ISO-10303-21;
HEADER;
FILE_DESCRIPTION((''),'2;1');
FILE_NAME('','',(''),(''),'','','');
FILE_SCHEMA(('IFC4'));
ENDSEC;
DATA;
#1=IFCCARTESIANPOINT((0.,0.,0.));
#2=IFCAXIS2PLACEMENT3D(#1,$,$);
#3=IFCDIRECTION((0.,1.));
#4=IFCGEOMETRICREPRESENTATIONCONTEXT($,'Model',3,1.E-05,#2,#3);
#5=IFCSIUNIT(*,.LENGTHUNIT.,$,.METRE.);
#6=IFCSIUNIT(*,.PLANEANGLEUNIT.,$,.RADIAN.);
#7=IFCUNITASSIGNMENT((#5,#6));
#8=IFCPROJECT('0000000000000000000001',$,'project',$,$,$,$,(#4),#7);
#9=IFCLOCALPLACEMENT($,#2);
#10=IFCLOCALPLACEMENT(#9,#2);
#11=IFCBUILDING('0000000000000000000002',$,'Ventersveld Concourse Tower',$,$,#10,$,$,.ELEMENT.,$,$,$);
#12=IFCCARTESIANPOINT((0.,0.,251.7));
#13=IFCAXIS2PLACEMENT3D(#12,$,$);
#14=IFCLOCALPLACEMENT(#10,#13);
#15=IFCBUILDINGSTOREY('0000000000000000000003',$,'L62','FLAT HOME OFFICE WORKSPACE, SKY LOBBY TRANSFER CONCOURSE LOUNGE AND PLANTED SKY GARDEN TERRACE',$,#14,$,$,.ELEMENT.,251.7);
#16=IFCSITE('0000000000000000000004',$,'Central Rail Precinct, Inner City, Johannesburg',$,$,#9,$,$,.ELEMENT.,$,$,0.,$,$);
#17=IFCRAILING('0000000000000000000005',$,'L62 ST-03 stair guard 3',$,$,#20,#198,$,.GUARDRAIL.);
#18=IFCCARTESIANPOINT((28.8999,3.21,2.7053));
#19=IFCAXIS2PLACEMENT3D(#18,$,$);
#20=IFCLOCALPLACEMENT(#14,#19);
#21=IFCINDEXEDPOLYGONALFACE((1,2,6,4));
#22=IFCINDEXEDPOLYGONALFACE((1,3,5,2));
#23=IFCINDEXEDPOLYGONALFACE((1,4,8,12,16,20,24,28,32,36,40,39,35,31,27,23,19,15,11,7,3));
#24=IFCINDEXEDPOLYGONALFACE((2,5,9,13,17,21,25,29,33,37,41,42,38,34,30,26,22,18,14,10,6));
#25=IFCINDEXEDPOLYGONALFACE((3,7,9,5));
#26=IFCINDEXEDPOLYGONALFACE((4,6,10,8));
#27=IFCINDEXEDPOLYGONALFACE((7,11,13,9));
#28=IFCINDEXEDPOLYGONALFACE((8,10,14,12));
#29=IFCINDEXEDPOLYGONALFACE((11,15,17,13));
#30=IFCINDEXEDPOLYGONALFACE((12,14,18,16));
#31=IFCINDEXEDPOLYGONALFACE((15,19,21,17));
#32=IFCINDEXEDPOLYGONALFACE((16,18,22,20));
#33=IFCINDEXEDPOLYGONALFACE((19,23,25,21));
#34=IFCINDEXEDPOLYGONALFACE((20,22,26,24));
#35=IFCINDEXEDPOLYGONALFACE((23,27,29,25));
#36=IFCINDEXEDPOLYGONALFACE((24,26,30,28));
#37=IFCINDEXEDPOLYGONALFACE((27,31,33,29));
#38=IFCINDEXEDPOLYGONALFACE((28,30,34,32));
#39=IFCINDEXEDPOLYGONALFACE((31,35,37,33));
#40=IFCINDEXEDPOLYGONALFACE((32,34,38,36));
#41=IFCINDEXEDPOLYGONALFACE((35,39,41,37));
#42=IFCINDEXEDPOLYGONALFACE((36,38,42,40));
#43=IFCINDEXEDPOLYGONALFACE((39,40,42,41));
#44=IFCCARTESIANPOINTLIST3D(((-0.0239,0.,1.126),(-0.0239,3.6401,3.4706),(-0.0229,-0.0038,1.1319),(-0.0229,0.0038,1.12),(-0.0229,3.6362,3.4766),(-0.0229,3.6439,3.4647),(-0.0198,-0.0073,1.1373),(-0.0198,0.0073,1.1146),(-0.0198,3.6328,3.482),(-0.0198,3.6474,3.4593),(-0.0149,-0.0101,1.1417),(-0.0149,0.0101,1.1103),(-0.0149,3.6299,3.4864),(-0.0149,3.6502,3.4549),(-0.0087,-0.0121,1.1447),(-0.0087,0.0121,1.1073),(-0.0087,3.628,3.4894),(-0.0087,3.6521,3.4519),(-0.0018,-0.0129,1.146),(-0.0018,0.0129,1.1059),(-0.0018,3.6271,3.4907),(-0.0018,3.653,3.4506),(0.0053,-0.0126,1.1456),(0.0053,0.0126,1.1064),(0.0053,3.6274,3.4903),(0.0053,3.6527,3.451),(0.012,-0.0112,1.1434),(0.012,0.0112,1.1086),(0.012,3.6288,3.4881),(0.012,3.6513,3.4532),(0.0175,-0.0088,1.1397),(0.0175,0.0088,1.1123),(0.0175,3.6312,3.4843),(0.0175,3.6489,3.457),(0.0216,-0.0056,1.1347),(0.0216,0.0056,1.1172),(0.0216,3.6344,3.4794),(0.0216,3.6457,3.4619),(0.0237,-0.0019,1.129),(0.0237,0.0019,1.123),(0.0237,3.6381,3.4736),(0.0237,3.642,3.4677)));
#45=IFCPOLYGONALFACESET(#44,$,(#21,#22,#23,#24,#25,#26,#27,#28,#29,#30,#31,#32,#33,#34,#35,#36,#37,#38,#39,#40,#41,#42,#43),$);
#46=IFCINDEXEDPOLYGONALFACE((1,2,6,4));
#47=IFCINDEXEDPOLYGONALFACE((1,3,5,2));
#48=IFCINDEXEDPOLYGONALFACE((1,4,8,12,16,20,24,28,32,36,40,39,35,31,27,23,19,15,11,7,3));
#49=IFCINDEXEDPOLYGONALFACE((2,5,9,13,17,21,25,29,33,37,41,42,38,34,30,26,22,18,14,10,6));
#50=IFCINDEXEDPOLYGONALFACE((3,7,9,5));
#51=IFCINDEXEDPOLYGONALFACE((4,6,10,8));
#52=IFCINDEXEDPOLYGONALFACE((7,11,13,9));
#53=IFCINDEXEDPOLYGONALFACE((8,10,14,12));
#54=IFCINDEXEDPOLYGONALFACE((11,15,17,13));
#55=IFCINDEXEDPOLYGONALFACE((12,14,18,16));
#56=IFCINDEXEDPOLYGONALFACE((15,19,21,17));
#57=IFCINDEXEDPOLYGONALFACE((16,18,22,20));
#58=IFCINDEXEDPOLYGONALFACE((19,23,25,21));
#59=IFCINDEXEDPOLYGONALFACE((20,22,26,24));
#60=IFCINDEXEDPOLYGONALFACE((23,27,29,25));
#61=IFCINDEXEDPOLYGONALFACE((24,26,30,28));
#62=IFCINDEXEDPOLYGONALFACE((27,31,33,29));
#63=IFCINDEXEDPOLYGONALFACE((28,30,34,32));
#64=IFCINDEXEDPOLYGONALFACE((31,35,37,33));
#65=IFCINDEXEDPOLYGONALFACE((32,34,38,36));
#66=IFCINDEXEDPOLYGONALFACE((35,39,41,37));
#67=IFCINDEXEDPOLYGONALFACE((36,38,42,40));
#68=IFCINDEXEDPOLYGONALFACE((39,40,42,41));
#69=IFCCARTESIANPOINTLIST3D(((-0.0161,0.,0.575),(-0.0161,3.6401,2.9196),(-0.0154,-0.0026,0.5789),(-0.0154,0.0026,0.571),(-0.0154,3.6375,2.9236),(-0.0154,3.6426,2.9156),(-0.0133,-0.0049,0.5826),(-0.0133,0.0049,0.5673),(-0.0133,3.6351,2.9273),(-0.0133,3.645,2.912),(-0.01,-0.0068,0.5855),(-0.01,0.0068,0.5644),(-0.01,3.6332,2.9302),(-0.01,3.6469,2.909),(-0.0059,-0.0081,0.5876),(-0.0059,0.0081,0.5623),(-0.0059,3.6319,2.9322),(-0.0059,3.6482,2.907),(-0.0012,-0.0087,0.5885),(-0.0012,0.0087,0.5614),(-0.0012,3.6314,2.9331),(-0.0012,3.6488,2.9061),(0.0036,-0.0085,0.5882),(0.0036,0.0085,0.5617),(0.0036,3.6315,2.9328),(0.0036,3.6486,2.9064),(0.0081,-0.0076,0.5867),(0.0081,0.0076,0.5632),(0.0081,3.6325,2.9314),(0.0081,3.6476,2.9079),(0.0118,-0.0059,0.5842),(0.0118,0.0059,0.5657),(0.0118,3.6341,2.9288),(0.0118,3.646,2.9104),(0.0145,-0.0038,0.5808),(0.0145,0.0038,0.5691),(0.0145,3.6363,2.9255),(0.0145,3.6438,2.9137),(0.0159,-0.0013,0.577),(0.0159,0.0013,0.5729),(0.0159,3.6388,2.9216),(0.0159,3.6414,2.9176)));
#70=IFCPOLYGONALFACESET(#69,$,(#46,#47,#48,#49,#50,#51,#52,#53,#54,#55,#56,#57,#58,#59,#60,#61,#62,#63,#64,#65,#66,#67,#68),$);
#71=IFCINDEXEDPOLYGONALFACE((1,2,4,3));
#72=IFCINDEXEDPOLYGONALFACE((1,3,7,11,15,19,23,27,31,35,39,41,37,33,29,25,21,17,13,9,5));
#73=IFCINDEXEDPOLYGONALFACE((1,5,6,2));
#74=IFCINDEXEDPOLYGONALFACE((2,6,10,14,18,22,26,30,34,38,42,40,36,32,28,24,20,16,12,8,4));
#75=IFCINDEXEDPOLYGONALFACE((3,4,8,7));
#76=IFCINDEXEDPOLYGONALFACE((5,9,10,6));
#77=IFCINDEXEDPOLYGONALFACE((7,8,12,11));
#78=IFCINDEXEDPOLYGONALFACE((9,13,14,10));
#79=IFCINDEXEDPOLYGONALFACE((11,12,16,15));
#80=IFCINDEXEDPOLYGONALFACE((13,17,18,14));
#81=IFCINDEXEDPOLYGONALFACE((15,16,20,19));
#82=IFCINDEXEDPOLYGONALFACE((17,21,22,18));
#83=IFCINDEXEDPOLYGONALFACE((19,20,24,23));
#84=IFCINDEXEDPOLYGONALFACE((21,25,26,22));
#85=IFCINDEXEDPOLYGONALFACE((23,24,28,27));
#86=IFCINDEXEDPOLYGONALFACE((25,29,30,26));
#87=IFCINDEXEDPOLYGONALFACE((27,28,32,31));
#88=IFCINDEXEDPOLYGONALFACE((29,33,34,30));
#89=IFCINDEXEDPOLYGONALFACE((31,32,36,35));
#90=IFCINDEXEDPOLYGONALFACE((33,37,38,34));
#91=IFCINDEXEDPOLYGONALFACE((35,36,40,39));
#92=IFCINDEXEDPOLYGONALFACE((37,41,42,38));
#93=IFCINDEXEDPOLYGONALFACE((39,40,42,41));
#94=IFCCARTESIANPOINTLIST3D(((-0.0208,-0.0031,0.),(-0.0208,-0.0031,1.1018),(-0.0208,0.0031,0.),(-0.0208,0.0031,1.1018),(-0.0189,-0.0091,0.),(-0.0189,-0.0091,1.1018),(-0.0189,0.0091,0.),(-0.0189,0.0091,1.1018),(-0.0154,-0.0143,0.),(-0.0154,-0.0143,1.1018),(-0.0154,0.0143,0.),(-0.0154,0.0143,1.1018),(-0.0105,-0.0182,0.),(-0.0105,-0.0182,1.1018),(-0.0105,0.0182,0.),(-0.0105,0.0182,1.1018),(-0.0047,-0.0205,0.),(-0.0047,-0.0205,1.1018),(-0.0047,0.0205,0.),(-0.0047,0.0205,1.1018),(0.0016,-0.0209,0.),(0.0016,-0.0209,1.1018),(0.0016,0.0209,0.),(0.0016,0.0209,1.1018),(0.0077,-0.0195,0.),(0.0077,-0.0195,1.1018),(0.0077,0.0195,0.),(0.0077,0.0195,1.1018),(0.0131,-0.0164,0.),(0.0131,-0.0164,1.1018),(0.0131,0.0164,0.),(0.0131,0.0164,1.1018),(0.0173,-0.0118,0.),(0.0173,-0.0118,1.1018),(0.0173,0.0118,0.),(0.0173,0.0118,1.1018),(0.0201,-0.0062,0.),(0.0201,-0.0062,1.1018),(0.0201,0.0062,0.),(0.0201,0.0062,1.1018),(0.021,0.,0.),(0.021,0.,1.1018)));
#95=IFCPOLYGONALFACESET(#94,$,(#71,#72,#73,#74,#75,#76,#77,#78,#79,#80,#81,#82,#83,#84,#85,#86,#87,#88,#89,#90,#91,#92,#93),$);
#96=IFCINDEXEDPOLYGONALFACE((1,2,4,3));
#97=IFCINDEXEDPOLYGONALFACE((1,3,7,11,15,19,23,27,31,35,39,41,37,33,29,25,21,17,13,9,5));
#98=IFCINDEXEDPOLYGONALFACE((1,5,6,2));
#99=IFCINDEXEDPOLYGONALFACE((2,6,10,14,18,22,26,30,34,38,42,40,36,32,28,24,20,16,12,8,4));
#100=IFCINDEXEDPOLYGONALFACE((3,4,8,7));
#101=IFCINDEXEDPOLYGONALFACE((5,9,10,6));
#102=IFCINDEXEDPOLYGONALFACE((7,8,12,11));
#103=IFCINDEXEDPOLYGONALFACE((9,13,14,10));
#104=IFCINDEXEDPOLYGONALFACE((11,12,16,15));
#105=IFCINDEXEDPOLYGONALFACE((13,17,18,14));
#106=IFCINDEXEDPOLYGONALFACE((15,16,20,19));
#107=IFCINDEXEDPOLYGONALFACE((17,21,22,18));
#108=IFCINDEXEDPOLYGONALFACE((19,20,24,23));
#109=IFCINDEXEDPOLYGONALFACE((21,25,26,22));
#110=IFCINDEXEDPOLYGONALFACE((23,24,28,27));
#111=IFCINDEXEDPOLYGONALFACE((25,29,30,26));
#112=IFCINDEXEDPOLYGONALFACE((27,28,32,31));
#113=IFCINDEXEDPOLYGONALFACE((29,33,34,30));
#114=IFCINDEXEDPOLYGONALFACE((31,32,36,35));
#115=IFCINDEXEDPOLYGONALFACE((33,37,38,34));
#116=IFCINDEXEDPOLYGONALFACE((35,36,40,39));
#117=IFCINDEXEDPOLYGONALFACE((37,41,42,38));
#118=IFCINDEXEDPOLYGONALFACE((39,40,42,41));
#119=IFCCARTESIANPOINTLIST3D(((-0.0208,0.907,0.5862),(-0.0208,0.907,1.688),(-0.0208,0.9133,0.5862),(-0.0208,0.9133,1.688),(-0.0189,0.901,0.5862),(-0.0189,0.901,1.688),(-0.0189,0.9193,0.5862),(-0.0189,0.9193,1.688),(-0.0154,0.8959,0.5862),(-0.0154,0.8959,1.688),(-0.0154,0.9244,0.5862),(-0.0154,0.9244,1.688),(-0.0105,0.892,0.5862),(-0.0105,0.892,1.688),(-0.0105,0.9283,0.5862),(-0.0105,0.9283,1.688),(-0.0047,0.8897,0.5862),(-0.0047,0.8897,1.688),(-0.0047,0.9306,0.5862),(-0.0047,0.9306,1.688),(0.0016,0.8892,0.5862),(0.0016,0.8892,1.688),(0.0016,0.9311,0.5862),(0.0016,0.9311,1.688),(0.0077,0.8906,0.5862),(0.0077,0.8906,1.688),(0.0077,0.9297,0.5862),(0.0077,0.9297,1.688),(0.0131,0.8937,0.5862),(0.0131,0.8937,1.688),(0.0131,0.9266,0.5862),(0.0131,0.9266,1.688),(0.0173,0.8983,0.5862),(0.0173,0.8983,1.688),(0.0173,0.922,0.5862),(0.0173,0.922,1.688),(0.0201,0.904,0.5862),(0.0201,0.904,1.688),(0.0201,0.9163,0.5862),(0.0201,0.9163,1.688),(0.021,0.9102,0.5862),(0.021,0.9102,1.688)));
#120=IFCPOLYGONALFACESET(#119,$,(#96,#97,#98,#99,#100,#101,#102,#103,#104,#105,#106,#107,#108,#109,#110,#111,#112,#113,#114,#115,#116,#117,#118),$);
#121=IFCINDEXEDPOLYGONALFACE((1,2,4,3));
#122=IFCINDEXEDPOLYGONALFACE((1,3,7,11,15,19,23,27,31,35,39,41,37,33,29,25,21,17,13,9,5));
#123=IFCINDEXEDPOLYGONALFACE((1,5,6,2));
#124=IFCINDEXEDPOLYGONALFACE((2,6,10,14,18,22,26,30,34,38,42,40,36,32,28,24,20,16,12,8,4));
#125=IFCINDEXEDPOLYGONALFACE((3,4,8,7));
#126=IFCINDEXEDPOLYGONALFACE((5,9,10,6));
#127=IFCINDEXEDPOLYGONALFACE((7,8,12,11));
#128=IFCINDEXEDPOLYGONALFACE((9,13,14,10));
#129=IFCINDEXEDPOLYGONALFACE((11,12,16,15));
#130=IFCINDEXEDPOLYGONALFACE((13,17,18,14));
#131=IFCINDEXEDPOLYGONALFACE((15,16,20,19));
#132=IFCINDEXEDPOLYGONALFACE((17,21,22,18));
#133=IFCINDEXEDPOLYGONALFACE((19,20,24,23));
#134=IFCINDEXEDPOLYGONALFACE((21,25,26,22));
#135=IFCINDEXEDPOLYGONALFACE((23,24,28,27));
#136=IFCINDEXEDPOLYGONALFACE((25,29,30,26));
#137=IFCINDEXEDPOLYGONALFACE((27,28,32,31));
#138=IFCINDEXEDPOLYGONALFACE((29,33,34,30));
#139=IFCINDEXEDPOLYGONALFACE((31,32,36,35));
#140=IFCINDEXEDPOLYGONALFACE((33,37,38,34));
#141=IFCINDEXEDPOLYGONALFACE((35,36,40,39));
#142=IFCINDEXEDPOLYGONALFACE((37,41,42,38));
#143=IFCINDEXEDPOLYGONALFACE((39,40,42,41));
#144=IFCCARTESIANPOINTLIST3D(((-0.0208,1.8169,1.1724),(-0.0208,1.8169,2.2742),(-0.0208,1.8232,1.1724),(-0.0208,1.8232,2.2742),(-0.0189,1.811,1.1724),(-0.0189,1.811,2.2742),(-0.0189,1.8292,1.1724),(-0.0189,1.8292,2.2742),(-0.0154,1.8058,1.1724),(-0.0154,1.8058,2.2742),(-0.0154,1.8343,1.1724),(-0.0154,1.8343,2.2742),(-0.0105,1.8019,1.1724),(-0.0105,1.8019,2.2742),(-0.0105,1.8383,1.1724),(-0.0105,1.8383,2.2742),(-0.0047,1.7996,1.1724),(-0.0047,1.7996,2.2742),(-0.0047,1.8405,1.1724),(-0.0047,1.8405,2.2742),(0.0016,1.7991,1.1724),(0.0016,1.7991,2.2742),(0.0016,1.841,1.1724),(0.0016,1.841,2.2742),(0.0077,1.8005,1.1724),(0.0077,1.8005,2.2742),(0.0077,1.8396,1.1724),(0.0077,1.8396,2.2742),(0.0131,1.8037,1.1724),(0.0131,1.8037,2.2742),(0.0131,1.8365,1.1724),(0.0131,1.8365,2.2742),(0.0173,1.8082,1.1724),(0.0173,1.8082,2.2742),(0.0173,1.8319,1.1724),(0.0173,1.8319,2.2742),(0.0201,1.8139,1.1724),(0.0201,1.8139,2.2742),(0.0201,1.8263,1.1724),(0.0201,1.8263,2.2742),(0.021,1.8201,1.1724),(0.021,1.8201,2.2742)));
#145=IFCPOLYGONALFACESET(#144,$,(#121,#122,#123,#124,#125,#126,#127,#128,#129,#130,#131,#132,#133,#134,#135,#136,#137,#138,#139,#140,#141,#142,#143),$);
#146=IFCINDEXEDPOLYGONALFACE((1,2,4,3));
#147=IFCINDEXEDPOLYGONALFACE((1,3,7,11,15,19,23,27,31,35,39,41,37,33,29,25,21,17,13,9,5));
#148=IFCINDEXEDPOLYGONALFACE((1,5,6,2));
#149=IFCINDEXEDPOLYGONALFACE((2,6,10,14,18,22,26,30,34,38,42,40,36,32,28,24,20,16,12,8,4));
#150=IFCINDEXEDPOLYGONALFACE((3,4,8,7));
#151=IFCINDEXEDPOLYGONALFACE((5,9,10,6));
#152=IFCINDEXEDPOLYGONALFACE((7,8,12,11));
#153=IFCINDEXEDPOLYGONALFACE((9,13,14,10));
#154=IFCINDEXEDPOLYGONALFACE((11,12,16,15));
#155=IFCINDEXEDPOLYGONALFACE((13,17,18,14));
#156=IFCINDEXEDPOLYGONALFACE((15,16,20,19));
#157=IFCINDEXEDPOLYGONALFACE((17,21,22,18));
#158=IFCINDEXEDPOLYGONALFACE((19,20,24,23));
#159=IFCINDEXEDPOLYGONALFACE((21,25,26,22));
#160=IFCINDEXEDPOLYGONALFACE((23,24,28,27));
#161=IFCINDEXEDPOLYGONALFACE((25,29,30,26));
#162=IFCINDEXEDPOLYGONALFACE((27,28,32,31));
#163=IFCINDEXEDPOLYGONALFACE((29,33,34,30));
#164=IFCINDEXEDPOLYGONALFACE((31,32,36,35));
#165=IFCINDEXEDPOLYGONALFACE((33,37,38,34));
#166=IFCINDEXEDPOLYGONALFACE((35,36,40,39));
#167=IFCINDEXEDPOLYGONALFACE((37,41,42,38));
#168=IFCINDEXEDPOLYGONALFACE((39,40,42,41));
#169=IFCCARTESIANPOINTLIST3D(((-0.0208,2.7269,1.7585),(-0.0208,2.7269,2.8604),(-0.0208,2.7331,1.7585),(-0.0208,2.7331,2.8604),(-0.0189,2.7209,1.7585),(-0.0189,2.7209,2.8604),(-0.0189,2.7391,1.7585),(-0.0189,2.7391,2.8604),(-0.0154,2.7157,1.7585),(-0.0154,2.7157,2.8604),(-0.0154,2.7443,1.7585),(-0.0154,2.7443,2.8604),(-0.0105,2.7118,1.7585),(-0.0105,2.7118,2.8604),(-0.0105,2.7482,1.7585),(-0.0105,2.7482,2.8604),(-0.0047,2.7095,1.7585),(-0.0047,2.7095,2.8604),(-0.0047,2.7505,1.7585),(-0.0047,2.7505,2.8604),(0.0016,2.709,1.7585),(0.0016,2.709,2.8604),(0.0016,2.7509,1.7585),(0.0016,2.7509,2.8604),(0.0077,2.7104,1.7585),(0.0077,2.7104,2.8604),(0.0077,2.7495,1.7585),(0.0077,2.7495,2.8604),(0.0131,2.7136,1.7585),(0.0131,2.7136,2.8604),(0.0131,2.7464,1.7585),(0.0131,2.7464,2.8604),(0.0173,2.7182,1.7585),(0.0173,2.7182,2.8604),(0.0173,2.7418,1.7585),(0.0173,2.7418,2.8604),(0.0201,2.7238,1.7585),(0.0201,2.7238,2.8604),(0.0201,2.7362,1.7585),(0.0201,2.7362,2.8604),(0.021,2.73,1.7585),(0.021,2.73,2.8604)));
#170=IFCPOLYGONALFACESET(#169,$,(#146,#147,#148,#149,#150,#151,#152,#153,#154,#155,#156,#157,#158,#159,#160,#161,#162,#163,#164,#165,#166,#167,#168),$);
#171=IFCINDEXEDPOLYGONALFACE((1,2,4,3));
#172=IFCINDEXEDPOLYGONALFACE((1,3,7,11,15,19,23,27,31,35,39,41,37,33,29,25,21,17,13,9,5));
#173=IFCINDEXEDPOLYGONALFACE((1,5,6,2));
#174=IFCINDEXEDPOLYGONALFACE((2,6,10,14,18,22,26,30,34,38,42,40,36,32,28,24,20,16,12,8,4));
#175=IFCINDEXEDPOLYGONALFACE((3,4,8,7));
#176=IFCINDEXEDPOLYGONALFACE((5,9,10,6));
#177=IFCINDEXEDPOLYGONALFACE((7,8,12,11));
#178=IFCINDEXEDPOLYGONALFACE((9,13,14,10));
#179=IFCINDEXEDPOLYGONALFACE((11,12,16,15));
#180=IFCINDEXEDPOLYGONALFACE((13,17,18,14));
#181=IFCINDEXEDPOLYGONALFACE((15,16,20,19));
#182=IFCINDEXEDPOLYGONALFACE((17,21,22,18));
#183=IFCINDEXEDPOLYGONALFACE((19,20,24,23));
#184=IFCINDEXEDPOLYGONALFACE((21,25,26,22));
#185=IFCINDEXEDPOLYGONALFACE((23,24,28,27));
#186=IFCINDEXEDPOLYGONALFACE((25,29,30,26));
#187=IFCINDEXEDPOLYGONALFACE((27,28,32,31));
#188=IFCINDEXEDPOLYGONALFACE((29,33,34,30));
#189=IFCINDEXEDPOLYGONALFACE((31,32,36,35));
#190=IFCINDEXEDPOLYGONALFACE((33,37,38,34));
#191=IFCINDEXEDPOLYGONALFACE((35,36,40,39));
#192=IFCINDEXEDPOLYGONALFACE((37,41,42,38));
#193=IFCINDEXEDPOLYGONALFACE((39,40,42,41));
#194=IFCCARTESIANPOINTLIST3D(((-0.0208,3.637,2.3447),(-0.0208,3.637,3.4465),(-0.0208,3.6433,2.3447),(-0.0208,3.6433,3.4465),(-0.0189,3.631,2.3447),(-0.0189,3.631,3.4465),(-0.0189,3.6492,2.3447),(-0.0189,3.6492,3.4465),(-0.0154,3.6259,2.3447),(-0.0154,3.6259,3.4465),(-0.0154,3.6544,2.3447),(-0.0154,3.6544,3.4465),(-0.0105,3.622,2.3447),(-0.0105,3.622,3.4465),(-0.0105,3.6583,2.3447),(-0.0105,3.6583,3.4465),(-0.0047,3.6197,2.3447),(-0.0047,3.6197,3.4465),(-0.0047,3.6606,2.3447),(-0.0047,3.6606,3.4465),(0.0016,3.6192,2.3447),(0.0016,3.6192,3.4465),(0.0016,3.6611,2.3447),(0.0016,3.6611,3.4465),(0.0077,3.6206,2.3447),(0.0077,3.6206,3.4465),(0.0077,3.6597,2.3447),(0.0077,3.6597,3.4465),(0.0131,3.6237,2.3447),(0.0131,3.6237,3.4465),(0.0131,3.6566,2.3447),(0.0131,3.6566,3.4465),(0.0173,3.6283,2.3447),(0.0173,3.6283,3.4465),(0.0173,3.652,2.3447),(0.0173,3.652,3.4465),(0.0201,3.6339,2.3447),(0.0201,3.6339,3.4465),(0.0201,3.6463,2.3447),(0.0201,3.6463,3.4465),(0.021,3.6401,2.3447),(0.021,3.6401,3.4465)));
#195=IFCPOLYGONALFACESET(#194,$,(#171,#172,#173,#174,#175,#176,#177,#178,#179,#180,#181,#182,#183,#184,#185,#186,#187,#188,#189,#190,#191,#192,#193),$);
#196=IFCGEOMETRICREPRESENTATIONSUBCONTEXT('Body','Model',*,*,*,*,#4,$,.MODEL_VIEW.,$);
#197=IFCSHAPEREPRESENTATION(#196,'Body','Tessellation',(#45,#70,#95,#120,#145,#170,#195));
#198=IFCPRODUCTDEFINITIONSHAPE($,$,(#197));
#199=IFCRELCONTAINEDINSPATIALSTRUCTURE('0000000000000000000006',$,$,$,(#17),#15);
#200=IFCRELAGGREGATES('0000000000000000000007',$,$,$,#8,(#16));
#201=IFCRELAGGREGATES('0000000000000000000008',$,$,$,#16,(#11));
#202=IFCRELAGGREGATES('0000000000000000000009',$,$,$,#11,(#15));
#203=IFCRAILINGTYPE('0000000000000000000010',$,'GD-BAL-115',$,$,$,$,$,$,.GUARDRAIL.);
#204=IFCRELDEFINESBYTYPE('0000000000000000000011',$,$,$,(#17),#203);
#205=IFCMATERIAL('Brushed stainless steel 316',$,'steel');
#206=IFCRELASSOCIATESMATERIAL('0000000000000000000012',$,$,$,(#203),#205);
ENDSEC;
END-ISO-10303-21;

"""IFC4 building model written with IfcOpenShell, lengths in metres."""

from ifc_helpers import new_model, si_unit, direction, frame, origin, origin_2d, place, context, subcontext, project, spatial, circle, extrude, material, type_object, element, save


model = new_model("IFC4")

# Units and contexts
model_context = context("Model", 3, precision=1e-05, world=origin(), true_north=direction((0.0, 1.0)))
body_context = subcontext(model_context, "Body", "Model", "MODEL_VIEW")
ifc_project = project(units=[si_unit("LENGTHUNIT", "METRE"), si_unit("PLANEANGLEUNIT", "RADIAN")], contexts=[model_context])

# Site, building, storey
site_placement = place(None, origin())
site = spatial("IfcSite", under=ifc_project, at=site_placement, Name="Central Rail Precinct, Inner City, Johannesburg", CompositionType="ELEMENT", RefElevation=0.0)
building_placement = place(site_placement, origin())
building = spatial("IfcBuilding", under=site, at=building_placement, Name="Ventersveld Concourse Tower", CompositionType="ELEMENT")
storey_placement = place(building_placement, frame((0.0, 0.0, 251.7)))
storey = spatial("IfcBuildingStorey", under=building, at=storey_placement, Name="L62", Description="FLAT HOME OFFICE WORKSPACE, SKY LOBBY TRANSFER CONCOURSE LOUNGE AND PLANTED SKY GARDEN TERRACE", CompositionType="ELEMENT", Elevation=251.7)

# Railing
ifc_material_1 = material(Name="Brushed stainless steel 316", Category="steel")
railing_type_1 = type_object("IfcRailingType", Name="GD-BAL-115", PredefinedType="GUARDRAIL", material=ifc_material_1)
railing_1_placement = place(storey_placement, frame((28.8999, 3.21, 2.7053)))
element("IfcRailing", 1, at=railing_1_placement, inside=storey, type_object=railing_type_1, Name="L62 ST-03 stair guard 3", PredefinedType="GUARDRAIL", context=body_context, shape_type="SweptSolid", body=[
    extrude(circle(Radius=0.0239, at=origin_2d()), frame((0.0, 0.0, 1.126), z_axis=(0.0, 0.840691, 0.541515), x_axis=(-1.0, 0.0, 0.0)), (0.0, 0.0, 1.0), 4.3298),
    extrude(circle(Radius=0.0161, at=origin_2d()), frame((0.0, 0.0, 0.575), z_axis=(0.0, 0.840691, 0.541515), x_axis=(-1.0, 0.0, 0.0)), (0.0, 0.0, 1.0), 4.3298),
    extrude(circle(Radius=0.021, at=origin_2d()), origin(), (0.0, 0.0, 1.0), 1.1018),
    extrude(circle(Radius=0.021, at=origin_2d()), frame((0.0, 0.9102, 0.5862)), (0.0, 0.0, 1.0), 1.1018),
    extrude(circle(Radius=0.021, at=origin_2d()), frame((0.0, 1.8201, 1.1724)), (0.0, 0.0, 1.0), 1.1018),
    extrude(circle(Radius=0.021, at=origin_2d()), frame((0.0, 2.73, 1.7585)), (0.0, 0.0, 1.0), 1.1018),
    extrude(circle(Radius=0.021, at=origin_2d()), frame((0.0, 3.6401, 2.3447)), (0.0, 0.0, 1.0), 1.1018),
])

save(model, "model.ifc")
